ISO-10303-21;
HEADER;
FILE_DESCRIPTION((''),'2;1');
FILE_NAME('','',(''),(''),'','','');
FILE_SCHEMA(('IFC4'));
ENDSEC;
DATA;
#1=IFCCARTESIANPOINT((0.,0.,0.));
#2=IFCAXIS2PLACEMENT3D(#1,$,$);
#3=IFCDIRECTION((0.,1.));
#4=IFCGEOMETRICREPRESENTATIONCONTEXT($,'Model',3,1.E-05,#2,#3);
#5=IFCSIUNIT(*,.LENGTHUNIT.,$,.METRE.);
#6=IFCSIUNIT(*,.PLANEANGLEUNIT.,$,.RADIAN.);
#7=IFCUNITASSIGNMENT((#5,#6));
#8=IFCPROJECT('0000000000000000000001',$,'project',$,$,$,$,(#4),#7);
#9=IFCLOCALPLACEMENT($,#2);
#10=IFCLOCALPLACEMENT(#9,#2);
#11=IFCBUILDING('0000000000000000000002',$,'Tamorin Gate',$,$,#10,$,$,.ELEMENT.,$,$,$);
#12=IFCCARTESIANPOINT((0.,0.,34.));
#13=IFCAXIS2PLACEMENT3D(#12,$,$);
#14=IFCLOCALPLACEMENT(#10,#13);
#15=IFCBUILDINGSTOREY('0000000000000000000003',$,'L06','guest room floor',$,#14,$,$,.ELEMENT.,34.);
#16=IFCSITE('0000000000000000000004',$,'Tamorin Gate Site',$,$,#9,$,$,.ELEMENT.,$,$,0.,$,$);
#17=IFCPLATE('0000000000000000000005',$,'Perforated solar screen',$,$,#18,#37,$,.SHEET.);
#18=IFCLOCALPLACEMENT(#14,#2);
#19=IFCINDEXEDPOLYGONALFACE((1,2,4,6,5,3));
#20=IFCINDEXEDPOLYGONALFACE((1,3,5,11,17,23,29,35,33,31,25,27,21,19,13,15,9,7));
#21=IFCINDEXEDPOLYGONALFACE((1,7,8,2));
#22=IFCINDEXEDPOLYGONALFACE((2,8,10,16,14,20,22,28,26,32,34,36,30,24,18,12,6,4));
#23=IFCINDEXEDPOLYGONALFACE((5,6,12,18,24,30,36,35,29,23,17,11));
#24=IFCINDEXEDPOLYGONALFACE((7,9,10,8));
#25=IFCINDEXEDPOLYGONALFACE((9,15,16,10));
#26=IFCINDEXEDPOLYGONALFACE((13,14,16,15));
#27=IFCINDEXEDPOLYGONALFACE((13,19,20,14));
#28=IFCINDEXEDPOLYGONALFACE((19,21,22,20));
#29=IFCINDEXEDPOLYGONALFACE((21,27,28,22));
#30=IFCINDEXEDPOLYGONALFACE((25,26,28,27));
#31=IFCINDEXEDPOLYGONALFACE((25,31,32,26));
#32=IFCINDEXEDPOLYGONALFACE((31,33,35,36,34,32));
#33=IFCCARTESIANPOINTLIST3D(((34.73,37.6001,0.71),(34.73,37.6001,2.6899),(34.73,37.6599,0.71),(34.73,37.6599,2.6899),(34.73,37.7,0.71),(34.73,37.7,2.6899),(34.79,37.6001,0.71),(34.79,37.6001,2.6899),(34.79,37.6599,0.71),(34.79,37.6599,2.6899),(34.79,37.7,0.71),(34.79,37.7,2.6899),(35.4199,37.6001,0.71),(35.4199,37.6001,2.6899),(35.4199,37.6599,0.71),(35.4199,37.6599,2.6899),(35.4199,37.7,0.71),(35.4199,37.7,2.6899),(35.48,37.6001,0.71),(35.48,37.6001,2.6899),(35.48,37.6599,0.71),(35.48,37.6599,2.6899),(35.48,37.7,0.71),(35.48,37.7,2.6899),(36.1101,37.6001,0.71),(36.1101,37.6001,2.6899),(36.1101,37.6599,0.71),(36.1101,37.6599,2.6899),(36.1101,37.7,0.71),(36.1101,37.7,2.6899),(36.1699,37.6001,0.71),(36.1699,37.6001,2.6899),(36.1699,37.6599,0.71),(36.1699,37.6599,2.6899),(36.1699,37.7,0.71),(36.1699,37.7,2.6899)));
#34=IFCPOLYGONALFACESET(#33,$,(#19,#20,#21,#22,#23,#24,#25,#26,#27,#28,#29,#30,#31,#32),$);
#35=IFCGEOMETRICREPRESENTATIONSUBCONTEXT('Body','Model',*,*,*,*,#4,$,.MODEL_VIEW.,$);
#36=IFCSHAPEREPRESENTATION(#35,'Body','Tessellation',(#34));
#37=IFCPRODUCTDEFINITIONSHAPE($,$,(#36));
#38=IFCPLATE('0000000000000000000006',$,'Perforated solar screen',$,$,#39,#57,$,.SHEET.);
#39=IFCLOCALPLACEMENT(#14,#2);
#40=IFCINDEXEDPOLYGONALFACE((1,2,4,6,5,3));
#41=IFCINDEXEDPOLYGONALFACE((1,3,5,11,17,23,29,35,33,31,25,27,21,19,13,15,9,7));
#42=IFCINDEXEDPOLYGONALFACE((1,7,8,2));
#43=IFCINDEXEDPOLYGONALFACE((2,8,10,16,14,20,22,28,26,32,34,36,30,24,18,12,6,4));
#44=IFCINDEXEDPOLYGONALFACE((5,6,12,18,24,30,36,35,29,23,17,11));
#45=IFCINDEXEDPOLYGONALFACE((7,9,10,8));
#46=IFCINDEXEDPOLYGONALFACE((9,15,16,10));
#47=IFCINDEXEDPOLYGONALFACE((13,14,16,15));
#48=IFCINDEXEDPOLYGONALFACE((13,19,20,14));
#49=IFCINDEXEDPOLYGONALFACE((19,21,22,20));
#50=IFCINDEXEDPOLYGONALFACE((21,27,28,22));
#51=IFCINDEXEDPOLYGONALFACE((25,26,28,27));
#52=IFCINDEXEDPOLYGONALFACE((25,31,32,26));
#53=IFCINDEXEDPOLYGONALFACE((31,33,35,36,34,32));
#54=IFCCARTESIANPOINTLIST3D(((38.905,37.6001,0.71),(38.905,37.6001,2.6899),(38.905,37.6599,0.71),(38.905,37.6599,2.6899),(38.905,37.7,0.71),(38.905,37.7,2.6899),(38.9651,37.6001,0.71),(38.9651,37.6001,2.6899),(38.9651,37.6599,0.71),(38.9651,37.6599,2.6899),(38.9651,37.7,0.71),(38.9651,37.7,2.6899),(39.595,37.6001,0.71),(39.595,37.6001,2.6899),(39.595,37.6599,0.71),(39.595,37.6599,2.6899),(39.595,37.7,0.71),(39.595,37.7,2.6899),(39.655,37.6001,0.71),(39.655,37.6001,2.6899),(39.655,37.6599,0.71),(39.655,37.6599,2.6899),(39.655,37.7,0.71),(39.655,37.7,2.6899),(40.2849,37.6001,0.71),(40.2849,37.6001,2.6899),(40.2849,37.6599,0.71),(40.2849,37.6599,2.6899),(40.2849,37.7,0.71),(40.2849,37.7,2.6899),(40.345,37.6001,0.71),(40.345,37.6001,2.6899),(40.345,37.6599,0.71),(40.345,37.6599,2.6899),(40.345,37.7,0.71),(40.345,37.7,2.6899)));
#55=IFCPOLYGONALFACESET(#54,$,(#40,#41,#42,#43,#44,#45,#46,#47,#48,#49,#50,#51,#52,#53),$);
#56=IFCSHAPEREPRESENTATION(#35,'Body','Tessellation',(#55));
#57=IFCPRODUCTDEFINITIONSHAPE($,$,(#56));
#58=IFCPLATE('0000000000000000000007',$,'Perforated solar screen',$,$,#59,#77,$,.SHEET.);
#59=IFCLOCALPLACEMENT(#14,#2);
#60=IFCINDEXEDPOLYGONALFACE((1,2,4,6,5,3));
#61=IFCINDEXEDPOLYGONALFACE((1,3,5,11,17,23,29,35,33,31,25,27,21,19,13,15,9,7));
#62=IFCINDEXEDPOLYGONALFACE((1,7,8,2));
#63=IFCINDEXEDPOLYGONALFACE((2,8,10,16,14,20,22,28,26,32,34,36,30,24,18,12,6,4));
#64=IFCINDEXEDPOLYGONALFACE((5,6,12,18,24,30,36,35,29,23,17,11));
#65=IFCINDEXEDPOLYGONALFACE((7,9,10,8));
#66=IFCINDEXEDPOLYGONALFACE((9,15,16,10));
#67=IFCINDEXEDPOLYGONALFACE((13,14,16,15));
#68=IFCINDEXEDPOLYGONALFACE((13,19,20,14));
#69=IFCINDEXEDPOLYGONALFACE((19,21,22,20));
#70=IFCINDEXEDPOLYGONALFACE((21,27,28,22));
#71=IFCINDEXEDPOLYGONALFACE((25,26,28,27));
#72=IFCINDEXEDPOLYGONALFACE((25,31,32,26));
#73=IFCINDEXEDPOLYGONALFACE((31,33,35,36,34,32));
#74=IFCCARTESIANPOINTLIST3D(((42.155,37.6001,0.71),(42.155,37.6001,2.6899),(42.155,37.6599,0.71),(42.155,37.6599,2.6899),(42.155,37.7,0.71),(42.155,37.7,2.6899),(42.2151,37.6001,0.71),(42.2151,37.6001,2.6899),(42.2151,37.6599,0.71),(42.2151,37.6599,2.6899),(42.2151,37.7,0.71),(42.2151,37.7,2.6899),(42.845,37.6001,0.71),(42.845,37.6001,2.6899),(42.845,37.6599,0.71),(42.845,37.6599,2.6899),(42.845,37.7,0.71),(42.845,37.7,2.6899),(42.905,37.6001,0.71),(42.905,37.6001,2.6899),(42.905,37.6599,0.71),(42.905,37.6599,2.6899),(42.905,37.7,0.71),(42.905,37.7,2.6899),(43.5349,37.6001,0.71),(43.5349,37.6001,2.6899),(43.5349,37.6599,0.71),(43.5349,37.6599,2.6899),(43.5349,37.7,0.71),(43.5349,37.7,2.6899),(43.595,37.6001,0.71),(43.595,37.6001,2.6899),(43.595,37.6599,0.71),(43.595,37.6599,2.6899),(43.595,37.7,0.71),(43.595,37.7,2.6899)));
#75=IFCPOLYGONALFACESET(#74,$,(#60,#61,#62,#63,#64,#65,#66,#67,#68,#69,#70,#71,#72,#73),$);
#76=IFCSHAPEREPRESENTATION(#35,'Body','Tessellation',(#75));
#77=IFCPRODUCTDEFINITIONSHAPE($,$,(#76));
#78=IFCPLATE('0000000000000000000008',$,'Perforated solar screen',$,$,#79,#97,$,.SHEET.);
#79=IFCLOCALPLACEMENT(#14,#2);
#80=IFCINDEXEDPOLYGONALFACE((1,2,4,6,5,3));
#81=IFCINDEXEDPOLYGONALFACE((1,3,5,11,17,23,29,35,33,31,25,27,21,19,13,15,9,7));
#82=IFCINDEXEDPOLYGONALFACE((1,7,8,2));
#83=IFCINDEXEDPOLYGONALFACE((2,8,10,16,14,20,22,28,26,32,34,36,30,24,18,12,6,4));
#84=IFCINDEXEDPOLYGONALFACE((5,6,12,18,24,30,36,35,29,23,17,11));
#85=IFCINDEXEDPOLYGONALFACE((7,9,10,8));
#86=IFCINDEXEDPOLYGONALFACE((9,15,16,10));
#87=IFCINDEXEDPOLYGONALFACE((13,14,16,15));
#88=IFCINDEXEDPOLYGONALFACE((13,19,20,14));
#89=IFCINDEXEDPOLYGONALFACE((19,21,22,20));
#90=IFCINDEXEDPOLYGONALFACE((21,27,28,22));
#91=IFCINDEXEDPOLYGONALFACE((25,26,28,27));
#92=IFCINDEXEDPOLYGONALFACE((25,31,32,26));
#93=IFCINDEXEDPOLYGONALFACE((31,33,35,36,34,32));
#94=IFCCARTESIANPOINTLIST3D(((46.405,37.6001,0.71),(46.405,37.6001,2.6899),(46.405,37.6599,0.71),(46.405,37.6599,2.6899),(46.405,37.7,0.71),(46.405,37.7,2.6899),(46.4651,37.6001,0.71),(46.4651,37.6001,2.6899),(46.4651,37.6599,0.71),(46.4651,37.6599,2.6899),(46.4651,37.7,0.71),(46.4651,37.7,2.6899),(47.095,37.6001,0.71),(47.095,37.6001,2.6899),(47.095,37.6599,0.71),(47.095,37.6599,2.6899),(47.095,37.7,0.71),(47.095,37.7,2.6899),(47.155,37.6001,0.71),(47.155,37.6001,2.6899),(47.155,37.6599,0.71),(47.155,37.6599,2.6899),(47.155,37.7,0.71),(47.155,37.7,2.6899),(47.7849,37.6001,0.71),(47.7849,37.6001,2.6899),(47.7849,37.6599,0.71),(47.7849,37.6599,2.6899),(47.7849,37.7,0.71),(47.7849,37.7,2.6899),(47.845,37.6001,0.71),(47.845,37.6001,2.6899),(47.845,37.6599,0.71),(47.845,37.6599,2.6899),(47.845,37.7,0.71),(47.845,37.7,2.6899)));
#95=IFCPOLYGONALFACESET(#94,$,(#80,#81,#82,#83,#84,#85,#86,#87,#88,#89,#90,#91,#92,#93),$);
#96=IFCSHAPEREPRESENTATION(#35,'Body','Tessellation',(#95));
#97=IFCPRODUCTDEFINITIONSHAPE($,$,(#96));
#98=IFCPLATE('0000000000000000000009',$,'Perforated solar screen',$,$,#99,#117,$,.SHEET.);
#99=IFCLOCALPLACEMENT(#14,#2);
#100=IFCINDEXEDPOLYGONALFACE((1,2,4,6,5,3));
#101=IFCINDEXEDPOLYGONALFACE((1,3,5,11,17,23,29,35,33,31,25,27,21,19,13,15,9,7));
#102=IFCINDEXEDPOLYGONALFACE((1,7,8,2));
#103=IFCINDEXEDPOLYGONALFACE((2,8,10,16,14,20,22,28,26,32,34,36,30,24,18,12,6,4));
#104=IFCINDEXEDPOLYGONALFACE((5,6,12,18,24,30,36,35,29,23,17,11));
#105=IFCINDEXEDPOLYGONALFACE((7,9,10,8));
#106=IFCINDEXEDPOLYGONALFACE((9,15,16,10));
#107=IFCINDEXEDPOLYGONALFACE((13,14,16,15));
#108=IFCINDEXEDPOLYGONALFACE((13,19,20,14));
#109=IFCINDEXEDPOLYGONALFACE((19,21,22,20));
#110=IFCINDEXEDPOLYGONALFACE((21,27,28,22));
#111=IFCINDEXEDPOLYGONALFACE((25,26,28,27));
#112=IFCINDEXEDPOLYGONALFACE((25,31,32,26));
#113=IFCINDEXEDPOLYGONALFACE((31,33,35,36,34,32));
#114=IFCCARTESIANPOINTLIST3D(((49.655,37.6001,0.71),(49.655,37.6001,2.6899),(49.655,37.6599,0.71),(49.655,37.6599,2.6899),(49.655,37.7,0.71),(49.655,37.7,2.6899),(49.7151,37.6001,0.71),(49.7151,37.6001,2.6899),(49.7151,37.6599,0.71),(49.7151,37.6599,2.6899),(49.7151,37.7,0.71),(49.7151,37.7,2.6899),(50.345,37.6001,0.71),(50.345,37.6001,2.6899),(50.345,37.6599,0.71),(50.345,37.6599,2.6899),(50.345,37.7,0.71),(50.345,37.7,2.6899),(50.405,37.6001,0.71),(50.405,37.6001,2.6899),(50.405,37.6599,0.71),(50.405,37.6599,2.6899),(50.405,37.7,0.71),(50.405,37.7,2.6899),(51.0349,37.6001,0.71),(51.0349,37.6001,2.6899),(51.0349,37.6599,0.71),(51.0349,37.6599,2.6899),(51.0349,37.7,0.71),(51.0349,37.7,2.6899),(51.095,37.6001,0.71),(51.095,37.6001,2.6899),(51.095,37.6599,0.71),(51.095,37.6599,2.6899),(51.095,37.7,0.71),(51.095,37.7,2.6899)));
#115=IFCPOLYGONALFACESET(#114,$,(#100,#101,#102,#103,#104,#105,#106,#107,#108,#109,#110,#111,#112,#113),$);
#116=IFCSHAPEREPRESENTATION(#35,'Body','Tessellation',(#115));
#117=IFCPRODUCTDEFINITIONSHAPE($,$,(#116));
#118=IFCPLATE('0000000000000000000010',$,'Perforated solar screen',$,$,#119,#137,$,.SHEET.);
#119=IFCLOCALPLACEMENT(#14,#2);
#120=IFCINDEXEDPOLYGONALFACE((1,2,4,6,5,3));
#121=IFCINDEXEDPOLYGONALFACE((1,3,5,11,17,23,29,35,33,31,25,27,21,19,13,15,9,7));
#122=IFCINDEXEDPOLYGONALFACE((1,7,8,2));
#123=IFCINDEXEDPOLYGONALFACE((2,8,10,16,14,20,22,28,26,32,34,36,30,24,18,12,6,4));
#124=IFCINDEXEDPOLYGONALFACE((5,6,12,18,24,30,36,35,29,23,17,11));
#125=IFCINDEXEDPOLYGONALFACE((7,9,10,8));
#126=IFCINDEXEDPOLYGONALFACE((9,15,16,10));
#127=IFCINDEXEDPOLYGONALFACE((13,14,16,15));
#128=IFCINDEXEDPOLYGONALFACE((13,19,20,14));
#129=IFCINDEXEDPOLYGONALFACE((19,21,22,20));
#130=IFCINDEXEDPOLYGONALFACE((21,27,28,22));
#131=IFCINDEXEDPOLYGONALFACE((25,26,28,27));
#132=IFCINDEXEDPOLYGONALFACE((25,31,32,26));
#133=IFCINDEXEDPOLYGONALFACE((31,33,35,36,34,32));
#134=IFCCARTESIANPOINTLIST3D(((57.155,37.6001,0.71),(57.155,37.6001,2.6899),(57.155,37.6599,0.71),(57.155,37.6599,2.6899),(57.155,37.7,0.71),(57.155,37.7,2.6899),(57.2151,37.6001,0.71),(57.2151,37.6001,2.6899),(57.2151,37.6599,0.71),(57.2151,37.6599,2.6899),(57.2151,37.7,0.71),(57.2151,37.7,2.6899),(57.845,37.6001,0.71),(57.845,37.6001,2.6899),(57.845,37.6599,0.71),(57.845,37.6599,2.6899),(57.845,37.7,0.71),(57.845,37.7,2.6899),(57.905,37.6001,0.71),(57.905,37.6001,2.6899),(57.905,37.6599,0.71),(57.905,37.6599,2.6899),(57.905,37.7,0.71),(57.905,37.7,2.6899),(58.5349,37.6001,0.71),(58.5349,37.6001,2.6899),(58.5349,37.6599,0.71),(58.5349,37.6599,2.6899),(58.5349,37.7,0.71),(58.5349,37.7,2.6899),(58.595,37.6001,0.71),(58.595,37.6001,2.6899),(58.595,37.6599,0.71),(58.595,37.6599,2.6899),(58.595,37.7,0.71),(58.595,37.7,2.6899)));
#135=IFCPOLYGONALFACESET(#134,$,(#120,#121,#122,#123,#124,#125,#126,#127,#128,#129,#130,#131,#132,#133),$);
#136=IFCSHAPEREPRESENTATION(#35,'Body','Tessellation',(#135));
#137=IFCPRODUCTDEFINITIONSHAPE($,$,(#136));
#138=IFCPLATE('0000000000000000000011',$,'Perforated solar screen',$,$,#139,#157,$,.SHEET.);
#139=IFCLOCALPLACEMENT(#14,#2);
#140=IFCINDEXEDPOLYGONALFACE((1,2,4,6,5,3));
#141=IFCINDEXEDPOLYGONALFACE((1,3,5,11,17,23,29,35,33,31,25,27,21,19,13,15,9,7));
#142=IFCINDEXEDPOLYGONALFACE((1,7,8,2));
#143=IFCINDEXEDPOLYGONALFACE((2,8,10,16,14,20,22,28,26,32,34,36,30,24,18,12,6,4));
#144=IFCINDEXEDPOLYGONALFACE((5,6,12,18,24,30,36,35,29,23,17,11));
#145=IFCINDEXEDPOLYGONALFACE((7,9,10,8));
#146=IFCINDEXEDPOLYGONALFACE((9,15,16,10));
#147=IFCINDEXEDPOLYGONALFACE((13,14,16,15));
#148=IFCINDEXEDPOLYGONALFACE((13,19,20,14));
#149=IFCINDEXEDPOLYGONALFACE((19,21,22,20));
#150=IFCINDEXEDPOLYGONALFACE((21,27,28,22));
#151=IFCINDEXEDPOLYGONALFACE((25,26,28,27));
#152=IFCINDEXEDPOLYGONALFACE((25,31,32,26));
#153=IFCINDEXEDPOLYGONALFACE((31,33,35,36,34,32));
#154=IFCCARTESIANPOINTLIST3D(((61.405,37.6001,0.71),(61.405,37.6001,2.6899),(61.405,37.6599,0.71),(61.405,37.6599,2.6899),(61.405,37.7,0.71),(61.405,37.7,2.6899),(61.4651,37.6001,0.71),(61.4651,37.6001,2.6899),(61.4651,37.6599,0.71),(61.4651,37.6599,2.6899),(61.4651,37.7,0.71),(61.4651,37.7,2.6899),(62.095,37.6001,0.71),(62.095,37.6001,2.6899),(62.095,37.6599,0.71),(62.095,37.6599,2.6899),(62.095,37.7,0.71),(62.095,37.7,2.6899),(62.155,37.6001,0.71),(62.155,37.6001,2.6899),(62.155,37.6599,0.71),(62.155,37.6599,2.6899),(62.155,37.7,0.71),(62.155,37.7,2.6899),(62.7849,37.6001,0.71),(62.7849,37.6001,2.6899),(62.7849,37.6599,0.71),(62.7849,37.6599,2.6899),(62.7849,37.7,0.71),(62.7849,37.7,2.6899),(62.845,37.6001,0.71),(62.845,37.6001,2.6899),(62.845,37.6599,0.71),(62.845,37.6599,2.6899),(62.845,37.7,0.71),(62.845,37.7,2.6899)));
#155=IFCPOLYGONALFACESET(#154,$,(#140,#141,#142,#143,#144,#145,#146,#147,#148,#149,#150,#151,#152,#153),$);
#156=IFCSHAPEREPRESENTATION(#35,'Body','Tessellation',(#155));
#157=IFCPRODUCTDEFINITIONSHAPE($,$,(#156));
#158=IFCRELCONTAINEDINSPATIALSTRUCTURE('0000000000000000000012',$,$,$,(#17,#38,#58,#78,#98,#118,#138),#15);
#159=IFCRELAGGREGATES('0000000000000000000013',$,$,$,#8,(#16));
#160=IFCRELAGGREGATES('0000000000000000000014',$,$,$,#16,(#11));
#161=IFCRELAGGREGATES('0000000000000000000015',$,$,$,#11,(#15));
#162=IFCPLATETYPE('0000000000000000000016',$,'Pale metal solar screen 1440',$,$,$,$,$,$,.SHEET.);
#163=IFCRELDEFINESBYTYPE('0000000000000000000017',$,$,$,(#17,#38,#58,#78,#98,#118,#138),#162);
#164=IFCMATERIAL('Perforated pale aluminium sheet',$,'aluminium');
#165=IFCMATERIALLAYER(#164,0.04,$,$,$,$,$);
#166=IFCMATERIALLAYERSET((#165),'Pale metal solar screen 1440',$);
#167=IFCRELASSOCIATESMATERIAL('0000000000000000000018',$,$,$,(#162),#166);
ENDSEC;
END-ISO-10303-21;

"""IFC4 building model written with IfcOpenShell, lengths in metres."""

from ifc_helpers import new_model, si_unit, direction, frame, origin, place, context, subcontext, project, spatial, polyline, outline, extrude, material, layer, layer_set, type_object, element, save


model = new_model("IFC4")

# Units and contexts
model_context = context("Model", 3, precision=1e-05, world=origin(), true_north=direction((0.0, 1.0)))
body_context = subcontext(model_context, "Body", "Model", "MODEL_VIEW")
ifc_project = project(units=[si_unit("LENGTHUNIT", "METRE"), si_unit("PLANEANGLEUNIT", "RADIAN")], contexts=[model_context])

# Site, building, storey
site_placement = place(None, origin())
site = spatial("IfcSite", under=ifc_project, at=site_placement, Name="Tamorin Gate Site", CompositionType="ELEMENT", RefElevation=0.0)
building_placement = place(site_placement, origin())
building = spatial("IfcBuilding", under=site, at=building_placement, Name="Tamorin Gate", CompositionType="ELEMENT")
storey_placement = place(building_placement, frame((0.0, 0.0, 34.0)))
storey = spatial("IfcBuildingStorey", under=building, at=storey_placement, Name="L06", Description="guest room floor", CompositionType="ELEMENT", Elevation=34.0)

# Plates
ifc_material_1 = material(Name="Perforated pale aluminium sheet", Category="aluminium")
ifc_layer_1 = layer(ifc_material_1, 0.04)
ifc_layer_set_1 = layer_set([ifc_layer_1], Name="Pale metal solar screen 1440")
plate_type = type_object("IfcPlateType", Name="Pale metal solar screen 1440", PredefinedType="SHEET", material=ifc_layer_set_1)
plate_1_placement = place(storey_placement, frame((0.0, 0.0, 0.71)))
element("IfcPlate", 1, at=plate_1_placement, inside=storey, type_object=plate_type, Name="Perforated solar screen", PredefinedType="SHEET", context=body_context, shape_type="SweptSolid", body=[
    extrude(outline(polyline([(34.73, 37.6599), (34.73, 37.7), (34.79, 37.7), (35.4199, 37.7), (35.48, 37.7), (36.1101, 37.7), (36.1699, 37.7), (36.1699, 37.6599), (36.1699, 37.6001), (36.1101, 37.6001), (36.1101, 37.6599), (35.48, 37.6599), (35.48, 37.6001), (35.4199, 37.6001), (35.4199, 37.6599), (34.79, 37.6599), (34.79, 37.6001), (34.73, 37.6001), (34.73, 37.6599)])), origin(), (0.0, 0.0, 1.0), 1.98),
])
plate_2_placement = place(storey_placement, frame((0.0, 0.0, 0.71)))
element("IfcPlate", 2, at=plate_2_placement, inside=storey, type_object=plate_type, Name="Perforated solar screen", PredefinedType="SHEET", context=body_context, shape_type="SweptSolid", body=[
    extrude(outline(polyline([(38.905, 37.6599), (38.905, 37.7), (38.9651, 37.7), (39.595, 37.7), (39.655, 37.7), (40.2849, 37.7), (40.345, 37.7), (40.345, 37.7), (40.345, 37.6599), (40.345, 37.6599), (40.345, 37.6001), (40.2849, 37.6001), (40.2849, 37.6599), (39.655, 37.6599), (39.655, 37.6001), (39.595, 37.6001), (39.595, 37.6599), (38.9651, 37.6599), (38.9651, 37.6001), (38.905, 37.6001), (38.905, 37.6599)])), origin(), (0.0, 0.0, 1.0), 1.98),
])
plate_3_placement = place(storey_placement, frame((0.0, 0.0, 0.71)))
element("IfcPlate", 3, at=plate_3_placement, inside=storey, type_object=plate_type, Name="Perforated solar screen", PredefinedType="SHEET", context=body_context, shape_type="SweptSolid", body=[
    extrude(outline(polyline([(42.155, 37.6599), (42.155, 37.7), (42.2151, 37.7), (42.845, 37.7), (42.905, 37.7), (43.5349, 37.7), (43.595, 37.7), (43.595, 37.6599), (43.595, 37.6001), (43.5349, 37.6001), (43.5349, 37.6599), (42.905, 37.6599), (42.905, 37.6001), (42.845, 37.6001), (42.845, 37.6599), (42.2151, 37.6599), (42.2151, 37.6001), (42.155, 37.6001), (42.155, 37.6599)])), origin(), (0.0, 0.0, 1.0), 1.98),
])
plate_4_placement = place(storey_placement, frame((0.0, 0.0, 0.71)))
element("IfcPlate", 4, at=plate_4_placement, inside=storey, type_object=plate_type, Name="Perforated solar screen", PredefinedType="SHEET", context=body_context, shape_type="SweptSolid", body=[
    extrude(outline(polyline([(46.405, 37.6599), (46.405, 37.7), (46.4651, 37.7), (47.095, 37.7), (47.155, 37.7), (47.7849, 37.7), (47.845, 37.7), (47.845, 37.6599), (47.845, 37.6001), (47.7849, 37.6001), (47.7849, 37.6599), (47.155, 37.6599), (47.155, 37.6001), (47.095, 37.6001), (47.095, 37.6599), (46.4651, 37.6599), (46.4651, 37.6001), (46.405, 37.6001), (46.405, 37.6599)])), origin(), (0.0, 0.0, 1.0), 1.98),
])
plate_5_placement = place(storey_placement, frame((0.0, 0.0, 0.71)))
element("IfcPlate", 5, at=plate_5_placement, inside=storey, type_object=plate_type, Name="Perforated solar screen", PredefinedType="SHEET", context=body_context, shape_type="SweptSolid", body=[
    extrude(outline(polyline([(49.655, 37.6599), (49.655, 37.7), (49.7151, 37.7), (50.345, 37.7), (50.405, 37.7), (51.0349, 37.7), (51.095, 37.7), (51.095, 37.6599), (51.095, 37.6001), (51.0349, 37.6001), (51.0349, 37.6599), (50.405, 37.6599), (50.405, 37.6001), (50.345, 37.6001), (50.345, 37.6599), (49.7151, 37.6599), (49.7151, 37.6001), (49.655, 37.6001), (49.655, 37.6599)])), origin(), (0.0, 0.0, 1.0), 1.98),
])
plate_6_placement = place(storey_placement, frame((0.0, 0.0, 0.71)))
element("IfcPlate", 6, at=plate_6_placement, inside=storey, type_object=plate_type, Name="Perforated solar screen", PredefinedType="SHEET", context=body_context, shape_type="SweptSolid", body=[
    extrude(outline(polyline([(57.155, 37.6599), (57.155, 37.7), (57.2151, 37.7), (57.845, 37.7), (57.905, 37.7), (58.5349, 37.7), (58.595, 37.7), (58.595, 37.6599), (58.595, 37.6001), (58.5349, 37.6001), (58.5349, 37.6599), (57.905, 37.6599), (57.905, 37.6001), (57.845, 37.6001), (57.845, 37.6599), (57.2151, 37.6599), (57.2151, 37.6001), (57.155, 37.6001), (57.155, 37.6599)])), origin(), (0.0, 0.0, 1.0), 1.98),
])
plate_7_placement = place(storey_placement, frame((0.0, 0.0, 0.71)))
element("IfcPlate", 7, at=plate_7_placement, inside=storey, type_object=plate_type, Name="Perforated solar screen", PredefinedType="SHEET", context=body_context, shape_type="SweptSolid", body=[
    extrude(outline(polyline([(61.405, 37.6599), (61.405, 37.7), (61.4651, 37.7), (62.095, 37.7), (62.155, 37.7), (62.7849, 37.7), (62.845, 37.7), (62.845, 37.6599), (62.845, 37.6001), (62.7849, 37.6001), (62.7849, 37.6599), (62.155, 37.6599), (62.155, 37.6001), (62.095, 37.6001), (62.095, 37.6599), (61.4651, 37.6599), (61.4651, 37.6001), (61.405, 37.6001), (61.405, 37.6599)])), origin(), (0.0, 0.0, 1.0), 1.98),
])

save(model, "model.ifc")
